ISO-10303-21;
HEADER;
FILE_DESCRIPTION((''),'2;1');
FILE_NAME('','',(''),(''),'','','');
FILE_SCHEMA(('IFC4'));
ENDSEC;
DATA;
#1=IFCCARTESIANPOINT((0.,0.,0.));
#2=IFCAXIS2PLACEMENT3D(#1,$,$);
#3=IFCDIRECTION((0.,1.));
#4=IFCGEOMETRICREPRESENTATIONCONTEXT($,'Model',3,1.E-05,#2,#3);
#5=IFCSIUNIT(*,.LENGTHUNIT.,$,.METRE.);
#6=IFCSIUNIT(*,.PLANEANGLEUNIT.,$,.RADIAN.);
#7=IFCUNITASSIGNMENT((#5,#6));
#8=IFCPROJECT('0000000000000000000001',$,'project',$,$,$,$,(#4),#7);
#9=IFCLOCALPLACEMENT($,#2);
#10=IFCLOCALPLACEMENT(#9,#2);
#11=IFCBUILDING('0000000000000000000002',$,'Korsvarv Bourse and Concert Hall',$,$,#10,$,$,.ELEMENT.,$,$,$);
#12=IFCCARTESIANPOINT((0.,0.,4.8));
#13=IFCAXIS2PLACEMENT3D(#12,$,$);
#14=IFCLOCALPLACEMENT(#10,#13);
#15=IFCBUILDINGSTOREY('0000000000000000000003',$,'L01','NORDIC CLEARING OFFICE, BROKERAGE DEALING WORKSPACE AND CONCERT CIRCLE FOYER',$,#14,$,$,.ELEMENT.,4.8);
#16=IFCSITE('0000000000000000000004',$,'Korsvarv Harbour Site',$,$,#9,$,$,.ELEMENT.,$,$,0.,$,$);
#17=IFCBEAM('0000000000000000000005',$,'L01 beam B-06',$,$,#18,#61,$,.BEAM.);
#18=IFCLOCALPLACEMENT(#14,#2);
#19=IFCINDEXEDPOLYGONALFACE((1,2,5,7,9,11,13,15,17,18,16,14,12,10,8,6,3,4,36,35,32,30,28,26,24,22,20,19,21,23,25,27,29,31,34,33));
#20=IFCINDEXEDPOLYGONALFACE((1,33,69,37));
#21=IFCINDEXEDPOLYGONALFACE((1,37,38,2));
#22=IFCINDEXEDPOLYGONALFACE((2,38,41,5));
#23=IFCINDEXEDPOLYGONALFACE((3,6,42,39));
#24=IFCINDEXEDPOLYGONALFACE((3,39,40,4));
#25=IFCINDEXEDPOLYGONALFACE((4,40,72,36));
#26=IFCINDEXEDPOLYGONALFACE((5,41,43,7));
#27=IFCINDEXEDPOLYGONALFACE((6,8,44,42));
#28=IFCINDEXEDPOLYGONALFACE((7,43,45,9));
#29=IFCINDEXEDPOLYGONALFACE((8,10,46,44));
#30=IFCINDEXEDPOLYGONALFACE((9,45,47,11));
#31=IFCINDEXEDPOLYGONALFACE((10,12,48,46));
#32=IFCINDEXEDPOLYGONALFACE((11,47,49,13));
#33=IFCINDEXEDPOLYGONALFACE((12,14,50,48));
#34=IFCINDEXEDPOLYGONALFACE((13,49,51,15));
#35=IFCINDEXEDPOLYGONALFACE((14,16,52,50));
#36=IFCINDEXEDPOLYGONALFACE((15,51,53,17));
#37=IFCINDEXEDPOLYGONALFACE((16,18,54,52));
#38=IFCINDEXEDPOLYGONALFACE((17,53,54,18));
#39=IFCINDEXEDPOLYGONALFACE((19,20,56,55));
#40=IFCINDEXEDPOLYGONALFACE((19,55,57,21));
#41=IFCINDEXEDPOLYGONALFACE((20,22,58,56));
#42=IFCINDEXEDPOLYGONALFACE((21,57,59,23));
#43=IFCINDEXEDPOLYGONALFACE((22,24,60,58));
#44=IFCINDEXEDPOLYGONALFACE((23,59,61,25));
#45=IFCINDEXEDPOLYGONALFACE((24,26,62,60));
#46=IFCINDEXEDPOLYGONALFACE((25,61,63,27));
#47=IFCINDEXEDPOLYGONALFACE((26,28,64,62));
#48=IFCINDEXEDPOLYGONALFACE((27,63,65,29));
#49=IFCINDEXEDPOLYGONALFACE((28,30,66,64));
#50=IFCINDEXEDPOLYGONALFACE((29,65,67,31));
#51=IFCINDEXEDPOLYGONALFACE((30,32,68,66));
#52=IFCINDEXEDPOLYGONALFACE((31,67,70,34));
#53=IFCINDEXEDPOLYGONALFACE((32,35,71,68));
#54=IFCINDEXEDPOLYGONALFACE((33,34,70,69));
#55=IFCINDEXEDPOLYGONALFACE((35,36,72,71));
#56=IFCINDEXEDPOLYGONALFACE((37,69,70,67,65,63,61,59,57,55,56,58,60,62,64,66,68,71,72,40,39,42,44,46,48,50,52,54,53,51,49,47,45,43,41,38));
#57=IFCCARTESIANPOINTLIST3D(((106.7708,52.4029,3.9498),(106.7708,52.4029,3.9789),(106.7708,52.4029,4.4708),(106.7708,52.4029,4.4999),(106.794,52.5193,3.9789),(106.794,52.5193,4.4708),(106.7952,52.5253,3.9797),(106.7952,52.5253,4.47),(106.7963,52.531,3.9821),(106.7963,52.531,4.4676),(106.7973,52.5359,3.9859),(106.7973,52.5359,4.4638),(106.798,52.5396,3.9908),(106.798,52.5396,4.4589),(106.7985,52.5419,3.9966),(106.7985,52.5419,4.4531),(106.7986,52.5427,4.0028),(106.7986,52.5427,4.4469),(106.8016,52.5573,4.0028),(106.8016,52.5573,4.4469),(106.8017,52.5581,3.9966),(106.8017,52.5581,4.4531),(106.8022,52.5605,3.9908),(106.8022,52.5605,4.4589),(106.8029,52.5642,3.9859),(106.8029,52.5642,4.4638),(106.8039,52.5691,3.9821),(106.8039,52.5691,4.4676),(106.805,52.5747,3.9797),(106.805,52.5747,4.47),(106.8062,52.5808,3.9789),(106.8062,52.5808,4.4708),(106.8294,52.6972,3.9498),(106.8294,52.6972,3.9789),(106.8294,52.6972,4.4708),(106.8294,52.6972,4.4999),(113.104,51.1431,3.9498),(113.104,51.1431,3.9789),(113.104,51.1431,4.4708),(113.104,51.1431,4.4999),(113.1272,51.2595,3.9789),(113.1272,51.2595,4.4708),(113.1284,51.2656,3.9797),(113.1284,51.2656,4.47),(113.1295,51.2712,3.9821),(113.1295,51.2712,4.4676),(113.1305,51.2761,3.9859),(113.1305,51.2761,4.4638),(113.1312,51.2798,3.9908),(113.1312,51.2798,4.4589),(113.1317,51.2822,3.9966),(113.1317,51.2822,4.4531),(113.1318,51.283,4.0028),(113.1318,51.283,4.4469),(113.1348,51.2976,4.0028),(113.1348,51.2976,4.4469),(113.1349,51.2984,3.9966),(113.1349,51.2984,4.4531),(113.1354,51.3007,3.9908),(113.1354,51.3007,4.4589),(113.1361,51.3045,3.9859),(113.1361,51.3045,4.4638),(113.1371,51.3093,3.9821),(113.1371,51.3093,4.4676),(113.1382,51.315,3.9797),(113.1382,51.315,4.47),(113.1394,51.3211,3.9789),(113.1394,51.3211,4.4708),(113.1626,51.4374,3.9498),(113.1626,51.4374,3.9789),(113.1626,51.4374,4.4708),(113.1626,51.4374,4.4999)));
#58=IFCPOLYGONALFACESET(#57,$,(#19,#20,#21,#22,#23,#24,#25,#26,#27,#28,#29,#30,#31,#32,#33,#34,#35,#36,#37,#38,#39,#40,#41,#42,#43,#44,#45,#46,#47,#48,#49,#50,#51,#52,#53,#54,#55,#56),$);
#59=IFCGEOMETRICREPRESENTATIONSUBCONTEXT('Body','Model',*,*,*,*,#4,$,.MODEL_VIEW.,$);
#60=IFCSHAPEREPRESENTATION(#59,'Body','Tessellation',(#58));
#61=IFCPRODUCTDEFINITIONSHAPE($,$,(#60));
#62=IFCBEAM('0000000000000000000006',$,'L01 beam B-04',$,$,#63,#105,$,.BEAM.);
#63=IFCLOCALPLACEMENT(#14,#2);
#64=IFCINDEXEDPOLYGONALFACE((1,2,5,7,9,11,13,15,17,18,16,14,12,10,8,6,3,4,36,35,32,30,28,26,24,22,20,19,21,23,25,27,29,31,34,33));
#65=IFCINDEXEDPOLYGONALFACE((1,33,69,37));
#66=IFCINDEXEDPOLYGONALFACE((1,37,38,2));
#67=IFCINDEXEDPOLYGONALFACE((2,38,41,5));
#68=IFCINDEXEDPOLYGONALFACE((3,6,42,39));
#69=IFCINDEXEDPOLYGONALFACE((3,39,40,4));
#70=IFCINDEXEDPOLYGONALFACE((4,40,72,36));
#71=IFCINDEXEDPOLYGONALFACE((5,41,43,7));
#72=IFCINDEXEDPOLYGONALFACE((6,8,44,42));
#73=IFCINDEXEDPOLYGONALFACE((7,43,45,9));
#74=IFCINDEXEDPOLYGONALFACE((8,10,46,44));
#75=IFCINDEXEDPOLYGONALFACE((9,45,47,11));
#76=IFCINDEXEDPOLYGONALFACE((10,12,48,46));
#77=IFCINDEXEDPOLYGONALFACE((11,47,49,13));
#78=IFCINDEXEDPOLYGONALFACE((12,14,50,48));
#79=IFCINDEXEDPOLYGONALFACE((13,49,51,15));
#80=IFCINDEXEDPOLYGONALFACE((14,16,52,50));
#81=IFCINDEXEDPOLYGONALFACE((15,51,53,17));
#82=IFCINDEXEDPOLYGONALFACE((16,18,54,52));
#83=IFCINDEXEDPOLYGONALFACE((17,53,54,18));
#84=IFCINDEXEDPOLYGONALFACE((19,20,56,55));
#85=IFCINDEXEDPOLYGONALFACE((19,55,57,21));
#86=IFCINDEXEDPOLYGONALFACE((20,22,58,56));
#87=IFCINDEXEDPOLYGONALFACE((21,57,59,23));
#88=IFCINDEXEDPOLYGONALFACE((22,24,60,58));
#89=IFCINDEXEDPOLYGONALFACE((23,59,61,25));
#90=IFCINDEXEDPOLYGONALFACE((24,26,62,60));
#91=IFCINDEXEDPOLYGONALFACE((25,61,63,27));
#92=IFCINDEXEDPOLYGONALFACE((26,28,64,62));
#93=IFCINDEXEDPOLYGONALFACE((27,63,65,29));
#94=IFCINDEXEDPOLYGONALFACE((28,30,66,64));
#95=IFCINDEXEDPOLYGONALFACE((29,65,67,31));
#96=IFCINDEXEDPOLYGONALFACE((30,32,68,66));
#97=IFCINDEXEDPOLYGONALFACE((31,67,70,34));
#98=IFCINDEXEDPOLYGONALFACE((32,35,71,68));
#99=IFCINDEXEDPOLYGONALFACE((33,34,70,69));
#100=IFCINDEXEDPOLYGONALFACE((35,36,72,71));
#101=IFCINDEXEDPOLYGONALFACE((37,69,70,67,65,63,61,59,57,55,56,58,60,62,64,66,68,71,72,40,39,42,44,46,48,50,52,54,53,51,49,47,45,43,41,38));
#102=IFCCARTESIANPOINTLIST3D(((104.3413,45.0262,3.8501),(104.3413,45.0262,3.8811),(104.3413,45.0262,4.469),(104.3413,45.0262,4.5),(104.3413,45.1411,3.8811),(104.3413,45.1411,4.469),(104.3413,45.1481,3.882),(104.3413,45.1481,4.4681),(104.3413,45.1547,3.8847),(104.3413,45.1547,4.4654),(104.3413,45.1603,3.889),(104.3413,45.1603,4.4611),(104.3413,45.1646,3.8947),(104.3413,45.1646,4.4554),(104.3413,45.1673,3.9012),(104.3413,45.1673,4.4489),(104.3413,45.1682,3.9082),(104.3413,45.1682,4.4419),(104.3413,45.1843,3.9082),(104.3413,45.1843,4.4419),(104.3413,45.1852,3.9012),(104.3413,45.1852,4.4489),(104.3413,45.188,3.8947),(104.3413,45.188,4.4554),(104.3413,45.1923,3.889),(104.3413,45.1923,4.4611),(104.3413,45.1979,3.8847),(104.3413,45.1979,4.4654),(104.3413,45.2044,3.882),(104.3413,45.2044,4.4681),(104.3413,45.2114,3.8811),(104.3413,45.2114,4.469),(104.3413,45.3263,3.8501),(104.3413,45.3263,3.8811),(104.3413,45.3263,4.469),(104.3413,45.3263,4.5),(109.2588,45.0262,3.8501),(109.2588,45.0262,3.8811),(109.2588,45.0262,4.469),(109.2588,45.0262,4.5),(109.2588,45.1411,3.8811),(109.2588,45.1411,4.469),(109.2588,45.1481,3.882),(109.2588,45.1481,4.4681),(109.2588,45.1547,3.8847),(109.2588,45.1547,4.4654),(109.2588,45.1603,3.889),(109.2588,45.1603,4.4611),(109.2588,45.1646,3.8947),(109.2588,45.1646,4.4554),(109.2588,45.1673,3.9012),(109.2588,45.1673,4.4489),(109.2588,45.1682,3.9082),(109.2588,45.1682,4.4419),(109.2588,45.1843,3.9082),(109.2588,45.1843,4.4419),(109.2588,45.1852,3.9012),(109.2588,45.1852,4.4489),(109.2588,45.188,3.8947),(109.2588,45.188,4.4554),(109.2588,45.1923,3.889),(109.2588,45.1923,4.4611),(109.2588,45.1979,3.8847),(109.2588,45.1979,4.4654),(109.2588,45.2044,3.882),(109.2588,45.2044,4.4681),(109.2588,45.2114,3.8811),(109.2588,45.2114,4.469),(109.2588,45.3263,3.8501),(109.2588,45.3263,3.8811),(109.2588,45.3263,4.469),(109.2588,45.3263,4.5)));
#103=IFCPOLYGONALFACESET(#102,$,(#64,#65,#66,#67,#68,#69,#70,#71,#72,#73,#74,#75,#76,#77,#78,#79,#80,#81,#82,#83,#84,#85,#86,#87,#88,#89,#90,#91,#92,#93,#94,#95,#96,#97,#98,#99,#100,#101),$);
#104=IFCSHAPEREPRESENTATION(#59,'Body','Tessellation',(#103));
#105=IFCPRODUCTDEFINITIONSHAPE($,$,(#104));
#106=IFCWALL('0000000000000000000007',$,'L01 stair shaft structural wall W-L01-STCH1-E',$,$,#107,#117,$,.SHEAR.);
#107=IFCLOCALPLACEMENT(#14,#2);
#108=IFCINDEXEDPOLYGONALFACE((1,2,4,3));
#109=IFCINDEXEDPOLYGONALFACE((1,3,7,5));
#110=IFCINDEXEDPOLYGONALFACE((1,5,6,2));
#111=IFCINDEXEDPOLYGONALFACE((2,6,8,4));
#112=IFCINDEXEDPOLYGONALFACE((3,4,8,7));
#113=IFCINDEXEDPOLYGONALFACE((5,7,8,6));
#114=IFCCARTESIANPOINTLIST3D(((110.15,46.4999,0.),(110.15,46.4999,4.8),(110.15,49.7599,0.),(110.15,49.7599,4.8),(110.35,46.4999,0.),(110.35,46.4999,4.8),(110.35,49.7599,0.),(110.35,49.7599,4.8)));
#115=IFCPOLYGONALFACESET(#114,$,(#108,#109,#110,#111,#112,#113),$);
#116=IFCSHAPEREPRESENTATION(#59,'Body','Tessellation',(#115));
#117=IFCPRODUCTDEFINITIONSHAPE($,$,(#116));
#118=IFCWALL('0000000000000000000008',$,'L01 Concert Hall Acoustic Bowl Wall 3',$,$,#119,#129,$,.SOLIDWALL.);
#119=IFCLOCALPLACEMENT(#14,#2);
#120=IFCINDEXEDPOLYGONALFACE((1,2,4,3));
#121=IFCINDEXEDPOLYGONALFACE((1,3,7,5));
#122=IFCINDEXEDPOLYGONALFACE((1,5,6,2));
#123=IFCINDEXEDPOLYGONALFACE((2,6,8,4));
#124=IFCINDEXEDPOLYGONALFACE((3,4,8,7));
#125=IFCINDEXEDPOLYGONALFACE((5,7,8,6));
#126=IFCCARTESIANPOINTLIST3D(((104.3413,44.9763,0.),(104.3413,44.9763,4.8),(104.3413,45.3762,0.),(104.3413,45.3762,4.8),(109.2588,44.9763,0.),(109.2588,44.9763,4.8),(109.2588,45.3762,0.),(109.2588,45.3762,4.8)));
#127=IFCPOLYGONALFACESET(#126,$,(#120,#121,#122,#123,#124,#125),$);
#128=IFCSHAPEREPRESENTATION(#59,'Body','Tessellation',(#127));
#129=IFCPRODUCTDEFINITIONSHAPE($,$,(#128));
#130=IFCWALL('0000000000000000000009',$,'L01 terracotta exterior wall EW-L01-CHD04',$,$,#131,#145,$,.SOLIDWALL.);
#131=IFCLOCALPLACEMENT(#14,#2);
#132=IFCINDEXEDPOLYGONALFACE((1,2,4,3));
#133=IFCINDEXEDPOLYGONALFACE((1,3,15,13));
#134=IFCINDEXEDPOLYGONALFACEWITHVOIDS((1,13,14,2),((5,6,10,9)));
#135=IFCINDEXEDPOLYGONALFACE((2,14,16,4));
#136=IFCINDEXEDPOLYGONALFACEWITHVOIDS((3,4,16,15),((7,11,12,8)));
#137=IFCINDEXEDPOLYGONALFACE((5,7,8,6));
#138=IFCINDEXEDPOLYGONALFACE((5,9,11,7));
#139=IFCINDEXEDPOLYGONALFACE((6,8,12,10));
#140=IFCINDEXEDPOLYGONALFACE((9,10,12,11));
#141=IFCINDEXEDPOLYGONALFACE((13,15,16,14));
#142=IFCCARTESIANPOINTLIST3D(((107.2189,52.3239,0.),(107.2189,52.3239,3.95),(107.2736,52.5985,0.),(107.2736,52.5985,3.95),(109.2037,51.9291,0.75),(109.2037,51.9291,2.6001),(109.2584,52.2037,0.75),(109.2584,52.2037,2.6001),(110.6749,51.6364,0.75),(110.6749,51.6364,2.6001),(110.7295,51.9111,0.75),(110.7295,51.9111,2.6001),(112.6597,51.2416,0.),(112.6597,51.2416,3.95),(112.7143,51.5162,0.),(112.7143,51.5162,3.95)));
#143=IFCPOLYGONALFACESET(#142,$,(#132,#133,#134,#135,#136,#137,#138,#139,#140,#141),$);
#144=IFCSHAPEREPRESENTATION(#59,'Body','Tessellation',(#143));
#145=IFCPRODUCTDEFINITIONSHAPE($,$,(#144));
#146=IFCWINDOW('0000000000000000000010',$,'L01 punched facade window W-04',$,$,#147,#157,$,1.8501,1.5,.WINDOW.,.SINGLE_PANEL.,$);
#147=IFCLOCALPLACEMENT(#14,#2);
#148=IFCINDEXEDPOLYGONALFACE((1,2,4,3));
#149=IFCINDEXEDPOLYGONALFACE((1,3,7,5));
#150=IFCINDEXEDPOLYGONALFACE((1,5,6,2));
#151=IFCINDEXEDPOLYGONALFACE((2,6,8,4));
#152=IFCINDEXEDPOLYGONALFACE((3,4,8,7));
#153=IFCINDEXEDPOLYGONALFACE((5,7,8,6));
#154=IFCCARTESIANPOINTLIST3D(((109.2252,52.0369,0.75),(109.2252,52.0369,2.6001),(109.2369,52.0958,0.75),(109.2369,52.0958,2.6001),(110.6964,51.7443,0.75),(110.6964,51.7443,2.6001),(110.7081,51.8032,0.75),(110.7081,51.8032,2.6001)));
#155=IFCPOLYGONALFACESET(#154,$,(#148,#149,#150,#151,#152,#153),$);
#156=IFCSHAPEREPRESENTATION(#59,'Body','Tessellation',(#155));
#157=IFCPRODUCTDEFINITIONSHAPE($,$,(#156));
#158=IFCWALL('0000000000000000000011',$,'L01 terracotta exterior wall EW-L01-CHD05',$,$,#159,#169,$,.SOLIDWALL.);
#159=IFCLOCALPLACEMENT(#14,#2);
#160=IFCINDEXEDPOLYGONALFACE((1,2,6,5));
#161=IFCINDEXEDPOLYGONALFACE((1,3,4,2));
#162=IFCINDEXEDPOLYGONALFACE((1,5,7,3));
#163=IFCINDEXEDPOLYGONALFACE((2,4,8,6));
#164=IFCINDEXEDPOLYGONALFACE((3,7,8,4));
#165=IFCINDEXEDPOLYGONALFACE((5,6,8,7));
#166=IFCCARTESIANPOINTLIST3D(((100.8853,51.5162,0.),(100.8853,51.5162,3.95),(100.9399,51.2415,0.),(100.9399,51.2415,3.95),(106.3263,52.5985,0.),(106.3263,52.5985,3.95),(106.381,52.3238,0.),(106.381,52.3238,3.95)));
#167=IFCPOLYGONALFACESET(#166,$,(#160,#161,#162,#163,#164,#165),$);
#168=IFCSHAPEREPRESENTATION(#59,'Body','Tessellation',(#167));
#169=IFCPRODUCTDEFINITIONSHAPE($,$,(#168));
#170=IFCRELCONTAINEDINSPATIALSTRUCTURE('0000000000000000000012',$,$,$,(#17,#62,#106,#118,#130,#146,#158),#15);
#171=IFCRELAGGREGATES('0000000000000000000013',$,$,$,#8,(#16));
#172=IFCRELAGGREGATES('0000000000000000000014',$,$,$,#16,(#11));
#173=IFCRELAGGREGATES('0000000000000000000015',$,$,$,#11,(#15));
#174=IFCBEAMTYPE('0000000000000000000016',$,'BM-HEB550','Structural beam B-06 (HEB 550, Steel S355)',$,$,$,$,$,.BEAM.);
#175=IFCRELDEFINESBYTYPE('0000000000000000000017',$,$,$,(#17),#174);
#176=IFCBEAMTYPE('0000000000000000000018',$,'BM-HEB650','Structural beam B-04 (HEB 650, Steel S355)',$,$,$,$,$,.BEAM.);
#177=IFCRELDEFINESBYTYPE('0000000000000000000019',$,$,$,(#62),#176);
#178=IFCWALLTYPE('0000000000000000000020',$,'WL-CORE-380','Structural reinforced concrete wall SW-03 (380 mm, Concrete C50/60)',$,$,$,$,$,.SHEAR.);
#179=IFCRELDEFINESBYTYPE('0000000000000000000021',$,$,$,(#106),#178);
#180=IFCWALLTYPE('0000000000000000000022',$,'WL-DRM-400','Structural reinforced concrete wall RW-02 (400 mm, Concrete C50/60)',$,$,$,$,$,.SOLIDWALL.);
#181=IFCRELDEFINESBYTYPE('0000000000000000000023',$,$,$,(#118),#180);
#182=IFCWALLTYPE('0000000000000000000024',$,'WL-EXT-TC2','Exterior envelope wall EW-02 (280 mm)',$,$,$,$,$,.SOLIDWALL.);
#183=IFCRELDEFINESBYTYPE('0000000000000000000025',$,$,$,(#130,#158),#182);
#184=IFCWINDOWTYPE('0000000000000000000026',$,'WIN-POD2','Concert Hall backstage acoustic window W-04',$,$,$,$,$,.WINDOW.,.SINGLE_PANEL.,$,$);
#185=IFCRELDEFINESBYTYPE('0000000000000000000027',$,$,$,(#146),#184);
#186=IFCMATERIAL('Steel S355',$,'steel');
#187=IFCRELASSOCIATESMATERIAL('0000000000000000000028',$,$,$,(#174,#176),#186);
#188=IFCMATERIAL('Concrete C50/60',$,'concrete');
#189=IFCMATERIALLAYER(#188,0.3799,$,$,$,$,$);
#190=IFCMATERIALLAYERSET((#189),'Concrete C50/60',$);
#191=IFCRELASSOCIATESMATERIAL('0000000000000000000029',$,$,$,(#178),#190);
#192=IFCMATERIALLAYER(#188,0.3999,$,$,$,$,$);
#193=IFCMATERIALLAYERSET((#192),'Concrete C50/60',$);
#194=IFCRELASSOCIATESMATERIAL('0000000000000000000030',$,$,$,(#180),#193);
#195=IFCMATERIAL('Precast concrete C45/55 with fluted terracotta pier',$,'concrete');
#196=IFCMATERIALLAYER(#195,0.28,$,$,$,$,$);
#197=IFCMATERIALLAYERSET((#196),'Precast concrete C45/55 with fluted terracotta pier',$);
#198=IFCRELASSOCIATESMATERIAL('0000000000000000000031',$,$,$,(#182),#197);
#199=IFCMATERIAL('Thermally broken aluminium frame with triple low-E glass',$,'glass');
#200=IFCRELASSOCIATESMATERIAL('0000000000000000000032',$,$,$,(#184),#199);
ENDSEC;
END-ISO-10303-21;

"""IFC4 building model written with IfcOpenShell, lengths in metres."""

from ifc_helpers import new_model, si_unit, direction, frame, frame_2d, origin, origin_2d, place, context, subcontext, project, spatial, rectangle, i_section, extrude, source, transform, mapped, material, layer, layer_set, material_profile, profile_set, type_object, element, fill, save


model = new_model("IFC4")

# Units and contexts
model_context = context("Model", 3, precision=1e-05, world=origin(), true_north=direction((0.0, 1.0)))
body_context = subcontext(model_context, "Body", "Model", "MODEL_VIEW")
ifc_project = project(units=[si_unit("LENGTHUNIT", "METRE"), si_unit("PLANEANGLEUNIT", "RADIAN")], contexts=[model_context])

# Site, building, storey
site_placement = place(None, origin())
site = spatial("IfcSite", under=ifc_project, at=site_placement, Name="Korsvarv Harbour Site", CompositionType="ELEMENT", RefElevation=0.0)
building_placement = place(site_placement, origin())
building = spatial("IfcBuilding", under=site, at=building_placement, Name="Korsvarv Bourse and Concert Hall", CompositionType="ELEMENT")
storey_placement = place(building_placement, frame((0.0, 0.0, 4.8)))
storey = spatial("IfcBuildingStorey", under=building, at=storey_placement, Name="L01", Description="NORDIC CLEARING OFFICE, BROKERAGE DEALING WORKSPACE AND CONCERT CIRCLE FOYER", CompositionType="ELEMENT", Elevation=4.8)

# Shared definitions
ifc_material_1 = material(Name="Concrete C50/60", Category="concrete")

# Beams
ifc_material_2 = material(Name="Steel S355", Category="steel")
ifc_material_profile_1 = material_profile(ifc_material_2, i_section(OverallWidth=0.3, OverallDepth=0.55, WebThickness=0.0149, FlangeThickness=0.0291, FilletRadius=0.0239, at=origin_2d()), Name="HEB 550")
ifc_profile_set_1 = profile_set([ifc_material_profile_1], Name="Steel S355")
beam_type_1 = type_object("IfcBeamType", Name="BM-HEB550", Description="Structural beam B-06 (HEB 550, Steel S355)", PredefinedType="BEAM", material=ifc_profile_set_1)
shared_shape_1 = source(origin(), body_context, "Body", "SweptSolid", [
    extrude(i_section(OverallWidth=0.3, OverallDepth=0.55, WebThickness=0.0149, FlangeThickness=0.0291, FilletRadius=0.0239, at=origin_2d()), origin(), (0.0, 0.0, 1.0), 6.4573),
])
beam_1_placement = place(storey_placement, frame((113.1333, 51.2903, 4.2249), z_axis=(-0.980785, 0.195091, 0.0), x_axis=(-0.195091, -0.980785, 0.0)))
element("IfcBeam", 1, at=beam_1_placement, inside=storey, type_object=beam_type_1, Name="L01 beam B-06", PredefinedType="BEAM", context=body_context, shape_type="MappedRepresentation", body=[
    mapped(shared_shape_1, transform((0.0, 0.0, 0.0), scale=1.0)),
])
ifc_material_profile_2 = material_profile(ifc_material_2, i_section(OverallWidth=0.3, OverallDepth=0.6499, WebThickness=0.0161, FlangeThickness=0.031, FilletRadius=0.0271, at=origin_2d()), Name="HEB 650")
ifc_profile_set_2 = profile_set([ifc_material_profile_2], Name="Steel S355")
beam_type_2 = type_object("IfcBeamType", Name="BM-HEB650", Description="Structural beam B-04 (HEB 650, Steel S355)", PredefinedType="BEAM", material=ifc_profile_set_2)
shared_shape_2 = source(origin(), body_context, "Body", "SweptSolid", [
    extrude(i_section(OverallWidth=0.3, OverallDepth=0.6499, WebThickness=0.0161, FlangeThickness=0.031, FilletRadius=0.0271, at=origin_2d()), origin(), (0.0, 0.0, 1.0), 4.9175),
])
beam_2_placement = place(storey_placement, frame((109.2588, 45.1763, 4.175), z_axis=(-1.0, 0.0, 0.0), x_axis=(0.0, -1.0, 0.0)))
element("IfcBeam", 2, at=beam_2_placement, inside=storey, type_object=beam_type_2, Name="L01 beam B-04", PredefinedType="BEAM", context=body_context, shape_type="MappedRepresentation", body=[
    mapped(shared_shape_2, transform((0.0, 0.0, 0.0), scale=1.0)),
])

# Walls
ifc_layer_1 = layer(ifc_material_1, 0.3799)
ifc_layer_set_1 = layer_set([ifc_layer_1], Name="Concrete C50/60")
wall_type_1 = type_object("IfcWallType", Name="WL-CORE-380", Description="Structural reinforced concrete wall SW-03 (380 mm, Concrete C50/60)", PredefinedType="SHEAR", material=ifc_layer_set_1)
wall_1_placement = place(storey_placement, frame((110.25, 46.5, 0.0), z_axis=(0.0, 0.0, 1.0), x_axis=(0.0, 1.0, 0.0)))
element("IfcWall", 3, at=wall_1_placement, inside=storey, type_object=wall_type_1, Name="L01 stair shaft structural wall W-L01-STCH1-E", PredefinedType="SHEAR", context=body_context, shape_type="SweptSolid", body=[
    extrude(rectangle(XDim=3.26, YDim=0.2, at=frame_2d((1.6299, 0.0))), origin(), (0.0, 0.0, 1.0), 4.8),
])
ifc_layer_2 = layer(ifc_material_1, 0.3999)
ifc_layer_set_2 = layer_set([ifc_layer_2], Name="Concrete C50/60")
wall_type_2 = type_object("IfcWallType", Name="WL-DRM-400", Description="Structural reinforced concrete wall RW-02 (400 mm, Concrete C50/60)", PredefinedType="SOLIDWALL", material=ifc_layer_set_2)
wall_2_placement = place(storey_placement, frame((109.2588, 45.1763, 0.0), z_axis=(0.0, 0.0, 1.0), x_axis=(-1.0, 0.0, 0.0)))
element("IfcWall", 4, at=wall_2_placement, inside=storey, type_object=wall_type_2, Name="L01 Concert Hall Acoustic Bowl Wall 3", PredefinedType="SOLIDWALL", context=body_context, shape_type="SweptSolid", body=[
    extrude(rectangle(XDim=4.9175, YDim=0.3999, at=frame_2d((2.4587, 0.0))), origin(), (0.0, 0.0, 1.0), 4.8),
])

# Wall, opening, window
ifc_material_3 = material(Name="Precast concrete C45/55 with fluted terracotta pier", Category="concrete")
ifc_layer_3 = layer(ifc_material_3, 0.28)
ifc_layer_set_3 = layer_set([ifc_layer_3], Name="Precast concrete C45/55 with fluted terracotta pier")
wall_type_3 = type_object("IfcWallType", Name="WL-EXT-TC2", Description="Exterior envelope wall EW-02 (280 mm)", PredefinedType="SOLIDWALL", material=ifc_layer_set_3)
wall_3_placement = place(storey_placement, frame((112.687, 51.3789, 0.0), z_axis=(0.0, 0.0, 1.0), x_axis=(-0.980783, 0.1951, 0.0)))
wall_3 = element("IfcWall", 5, at=wall_3_placement, inside=storey, type_object=wall_type_3, Name="L01 terracotta exterior wall EW-L01-CHD04", PredefinedType="SOLIDWALL", context=body_context, shape_type="SweptSolid", body=[
    extrude(rectangle(XDim=5.5474, YDim=0.28, at=frame_2d((2.7737, 0.0))), origin(), (0.0, 0.0, 1.0), 3.95),
])
opening_placement = place(wall_3_placement, frame((2.0237, 0.0, 0.75)))
opening = element("IfcOpeningElement", 6, at=opening_placement, cuts=wall_3, PredefinedType="OPENING", context=body_context, shape_type="SweptSolid", body=[
    extrude(rectangle(XDim=1.5, YDim=1.8501, at=frame_2d((0.75, 0.925))), frame((0.0, 0.1499, 0.0), z_axis=(0.0, -1.0, 0.0), x_axis=(1.0, 0.0, 0.0)), (0.0, 0.0, 1.0), 0.3),
])
ifc_material_4 = material(Name="Thermally broken aluminium frame with triple low-E glass", Category="glass")
window_type = type_object("IfcWindowType", Name="WIN-POD2", Description="Concert Hall backstage acoustic window W-04", PartitioningType="SINGLE_PANEL", PredefinedType="WINDOW", material=ifc_material_4)
window_placement = place(opening_placement, origin())
window = element("IfcWindow", 7, at=window_placement, inside=storey, type_object=window_type, Name="L01 punched facade window W-04", OverallHeight=1.8501, OverallWidth=1.5, PartitioningType="SINGLE_PANEL", PredefinedType="WINDOW", context=body_context, shape_type="SweptSolid", body=[
    extrude(rectangle(XDim=1.5, YDim=1.8501, at=frame_2d((0.75, 0.925))), frame((0.0, 0.03, 0.0), z_axis=(0.0, -1.0, 0.0), x_axis=(1.0, 0.0, 0.0)), (0.0, 0.0, 1.0), 0.0601),
])
fill(opening, window)

# Wall
wall_4_placement = place(storey_placement, frame((106.3538, 52.4612, 0.0), z_axis=(0.0, 0.0, 1.0), x_axis=(-0.980785, -0.195092, 0.0)))
element("IfcWall", 8, at=wall_4_placement, inside=storey, type_object=wall_type_3, Name="L01 terracotta exterior wall EW-L01-CHD05", PredefinedType="SOLIDWALL", context=body_context, shape_type="SweptSolid", body=[
    extrude(rectangle(XDim=5.5476, YDim=0.28, at=frame_2d((2.7739, 0.0))), origin(), (0.0, 0.0, 1.0), 3.95),
])

save(model, "model.ifc")
